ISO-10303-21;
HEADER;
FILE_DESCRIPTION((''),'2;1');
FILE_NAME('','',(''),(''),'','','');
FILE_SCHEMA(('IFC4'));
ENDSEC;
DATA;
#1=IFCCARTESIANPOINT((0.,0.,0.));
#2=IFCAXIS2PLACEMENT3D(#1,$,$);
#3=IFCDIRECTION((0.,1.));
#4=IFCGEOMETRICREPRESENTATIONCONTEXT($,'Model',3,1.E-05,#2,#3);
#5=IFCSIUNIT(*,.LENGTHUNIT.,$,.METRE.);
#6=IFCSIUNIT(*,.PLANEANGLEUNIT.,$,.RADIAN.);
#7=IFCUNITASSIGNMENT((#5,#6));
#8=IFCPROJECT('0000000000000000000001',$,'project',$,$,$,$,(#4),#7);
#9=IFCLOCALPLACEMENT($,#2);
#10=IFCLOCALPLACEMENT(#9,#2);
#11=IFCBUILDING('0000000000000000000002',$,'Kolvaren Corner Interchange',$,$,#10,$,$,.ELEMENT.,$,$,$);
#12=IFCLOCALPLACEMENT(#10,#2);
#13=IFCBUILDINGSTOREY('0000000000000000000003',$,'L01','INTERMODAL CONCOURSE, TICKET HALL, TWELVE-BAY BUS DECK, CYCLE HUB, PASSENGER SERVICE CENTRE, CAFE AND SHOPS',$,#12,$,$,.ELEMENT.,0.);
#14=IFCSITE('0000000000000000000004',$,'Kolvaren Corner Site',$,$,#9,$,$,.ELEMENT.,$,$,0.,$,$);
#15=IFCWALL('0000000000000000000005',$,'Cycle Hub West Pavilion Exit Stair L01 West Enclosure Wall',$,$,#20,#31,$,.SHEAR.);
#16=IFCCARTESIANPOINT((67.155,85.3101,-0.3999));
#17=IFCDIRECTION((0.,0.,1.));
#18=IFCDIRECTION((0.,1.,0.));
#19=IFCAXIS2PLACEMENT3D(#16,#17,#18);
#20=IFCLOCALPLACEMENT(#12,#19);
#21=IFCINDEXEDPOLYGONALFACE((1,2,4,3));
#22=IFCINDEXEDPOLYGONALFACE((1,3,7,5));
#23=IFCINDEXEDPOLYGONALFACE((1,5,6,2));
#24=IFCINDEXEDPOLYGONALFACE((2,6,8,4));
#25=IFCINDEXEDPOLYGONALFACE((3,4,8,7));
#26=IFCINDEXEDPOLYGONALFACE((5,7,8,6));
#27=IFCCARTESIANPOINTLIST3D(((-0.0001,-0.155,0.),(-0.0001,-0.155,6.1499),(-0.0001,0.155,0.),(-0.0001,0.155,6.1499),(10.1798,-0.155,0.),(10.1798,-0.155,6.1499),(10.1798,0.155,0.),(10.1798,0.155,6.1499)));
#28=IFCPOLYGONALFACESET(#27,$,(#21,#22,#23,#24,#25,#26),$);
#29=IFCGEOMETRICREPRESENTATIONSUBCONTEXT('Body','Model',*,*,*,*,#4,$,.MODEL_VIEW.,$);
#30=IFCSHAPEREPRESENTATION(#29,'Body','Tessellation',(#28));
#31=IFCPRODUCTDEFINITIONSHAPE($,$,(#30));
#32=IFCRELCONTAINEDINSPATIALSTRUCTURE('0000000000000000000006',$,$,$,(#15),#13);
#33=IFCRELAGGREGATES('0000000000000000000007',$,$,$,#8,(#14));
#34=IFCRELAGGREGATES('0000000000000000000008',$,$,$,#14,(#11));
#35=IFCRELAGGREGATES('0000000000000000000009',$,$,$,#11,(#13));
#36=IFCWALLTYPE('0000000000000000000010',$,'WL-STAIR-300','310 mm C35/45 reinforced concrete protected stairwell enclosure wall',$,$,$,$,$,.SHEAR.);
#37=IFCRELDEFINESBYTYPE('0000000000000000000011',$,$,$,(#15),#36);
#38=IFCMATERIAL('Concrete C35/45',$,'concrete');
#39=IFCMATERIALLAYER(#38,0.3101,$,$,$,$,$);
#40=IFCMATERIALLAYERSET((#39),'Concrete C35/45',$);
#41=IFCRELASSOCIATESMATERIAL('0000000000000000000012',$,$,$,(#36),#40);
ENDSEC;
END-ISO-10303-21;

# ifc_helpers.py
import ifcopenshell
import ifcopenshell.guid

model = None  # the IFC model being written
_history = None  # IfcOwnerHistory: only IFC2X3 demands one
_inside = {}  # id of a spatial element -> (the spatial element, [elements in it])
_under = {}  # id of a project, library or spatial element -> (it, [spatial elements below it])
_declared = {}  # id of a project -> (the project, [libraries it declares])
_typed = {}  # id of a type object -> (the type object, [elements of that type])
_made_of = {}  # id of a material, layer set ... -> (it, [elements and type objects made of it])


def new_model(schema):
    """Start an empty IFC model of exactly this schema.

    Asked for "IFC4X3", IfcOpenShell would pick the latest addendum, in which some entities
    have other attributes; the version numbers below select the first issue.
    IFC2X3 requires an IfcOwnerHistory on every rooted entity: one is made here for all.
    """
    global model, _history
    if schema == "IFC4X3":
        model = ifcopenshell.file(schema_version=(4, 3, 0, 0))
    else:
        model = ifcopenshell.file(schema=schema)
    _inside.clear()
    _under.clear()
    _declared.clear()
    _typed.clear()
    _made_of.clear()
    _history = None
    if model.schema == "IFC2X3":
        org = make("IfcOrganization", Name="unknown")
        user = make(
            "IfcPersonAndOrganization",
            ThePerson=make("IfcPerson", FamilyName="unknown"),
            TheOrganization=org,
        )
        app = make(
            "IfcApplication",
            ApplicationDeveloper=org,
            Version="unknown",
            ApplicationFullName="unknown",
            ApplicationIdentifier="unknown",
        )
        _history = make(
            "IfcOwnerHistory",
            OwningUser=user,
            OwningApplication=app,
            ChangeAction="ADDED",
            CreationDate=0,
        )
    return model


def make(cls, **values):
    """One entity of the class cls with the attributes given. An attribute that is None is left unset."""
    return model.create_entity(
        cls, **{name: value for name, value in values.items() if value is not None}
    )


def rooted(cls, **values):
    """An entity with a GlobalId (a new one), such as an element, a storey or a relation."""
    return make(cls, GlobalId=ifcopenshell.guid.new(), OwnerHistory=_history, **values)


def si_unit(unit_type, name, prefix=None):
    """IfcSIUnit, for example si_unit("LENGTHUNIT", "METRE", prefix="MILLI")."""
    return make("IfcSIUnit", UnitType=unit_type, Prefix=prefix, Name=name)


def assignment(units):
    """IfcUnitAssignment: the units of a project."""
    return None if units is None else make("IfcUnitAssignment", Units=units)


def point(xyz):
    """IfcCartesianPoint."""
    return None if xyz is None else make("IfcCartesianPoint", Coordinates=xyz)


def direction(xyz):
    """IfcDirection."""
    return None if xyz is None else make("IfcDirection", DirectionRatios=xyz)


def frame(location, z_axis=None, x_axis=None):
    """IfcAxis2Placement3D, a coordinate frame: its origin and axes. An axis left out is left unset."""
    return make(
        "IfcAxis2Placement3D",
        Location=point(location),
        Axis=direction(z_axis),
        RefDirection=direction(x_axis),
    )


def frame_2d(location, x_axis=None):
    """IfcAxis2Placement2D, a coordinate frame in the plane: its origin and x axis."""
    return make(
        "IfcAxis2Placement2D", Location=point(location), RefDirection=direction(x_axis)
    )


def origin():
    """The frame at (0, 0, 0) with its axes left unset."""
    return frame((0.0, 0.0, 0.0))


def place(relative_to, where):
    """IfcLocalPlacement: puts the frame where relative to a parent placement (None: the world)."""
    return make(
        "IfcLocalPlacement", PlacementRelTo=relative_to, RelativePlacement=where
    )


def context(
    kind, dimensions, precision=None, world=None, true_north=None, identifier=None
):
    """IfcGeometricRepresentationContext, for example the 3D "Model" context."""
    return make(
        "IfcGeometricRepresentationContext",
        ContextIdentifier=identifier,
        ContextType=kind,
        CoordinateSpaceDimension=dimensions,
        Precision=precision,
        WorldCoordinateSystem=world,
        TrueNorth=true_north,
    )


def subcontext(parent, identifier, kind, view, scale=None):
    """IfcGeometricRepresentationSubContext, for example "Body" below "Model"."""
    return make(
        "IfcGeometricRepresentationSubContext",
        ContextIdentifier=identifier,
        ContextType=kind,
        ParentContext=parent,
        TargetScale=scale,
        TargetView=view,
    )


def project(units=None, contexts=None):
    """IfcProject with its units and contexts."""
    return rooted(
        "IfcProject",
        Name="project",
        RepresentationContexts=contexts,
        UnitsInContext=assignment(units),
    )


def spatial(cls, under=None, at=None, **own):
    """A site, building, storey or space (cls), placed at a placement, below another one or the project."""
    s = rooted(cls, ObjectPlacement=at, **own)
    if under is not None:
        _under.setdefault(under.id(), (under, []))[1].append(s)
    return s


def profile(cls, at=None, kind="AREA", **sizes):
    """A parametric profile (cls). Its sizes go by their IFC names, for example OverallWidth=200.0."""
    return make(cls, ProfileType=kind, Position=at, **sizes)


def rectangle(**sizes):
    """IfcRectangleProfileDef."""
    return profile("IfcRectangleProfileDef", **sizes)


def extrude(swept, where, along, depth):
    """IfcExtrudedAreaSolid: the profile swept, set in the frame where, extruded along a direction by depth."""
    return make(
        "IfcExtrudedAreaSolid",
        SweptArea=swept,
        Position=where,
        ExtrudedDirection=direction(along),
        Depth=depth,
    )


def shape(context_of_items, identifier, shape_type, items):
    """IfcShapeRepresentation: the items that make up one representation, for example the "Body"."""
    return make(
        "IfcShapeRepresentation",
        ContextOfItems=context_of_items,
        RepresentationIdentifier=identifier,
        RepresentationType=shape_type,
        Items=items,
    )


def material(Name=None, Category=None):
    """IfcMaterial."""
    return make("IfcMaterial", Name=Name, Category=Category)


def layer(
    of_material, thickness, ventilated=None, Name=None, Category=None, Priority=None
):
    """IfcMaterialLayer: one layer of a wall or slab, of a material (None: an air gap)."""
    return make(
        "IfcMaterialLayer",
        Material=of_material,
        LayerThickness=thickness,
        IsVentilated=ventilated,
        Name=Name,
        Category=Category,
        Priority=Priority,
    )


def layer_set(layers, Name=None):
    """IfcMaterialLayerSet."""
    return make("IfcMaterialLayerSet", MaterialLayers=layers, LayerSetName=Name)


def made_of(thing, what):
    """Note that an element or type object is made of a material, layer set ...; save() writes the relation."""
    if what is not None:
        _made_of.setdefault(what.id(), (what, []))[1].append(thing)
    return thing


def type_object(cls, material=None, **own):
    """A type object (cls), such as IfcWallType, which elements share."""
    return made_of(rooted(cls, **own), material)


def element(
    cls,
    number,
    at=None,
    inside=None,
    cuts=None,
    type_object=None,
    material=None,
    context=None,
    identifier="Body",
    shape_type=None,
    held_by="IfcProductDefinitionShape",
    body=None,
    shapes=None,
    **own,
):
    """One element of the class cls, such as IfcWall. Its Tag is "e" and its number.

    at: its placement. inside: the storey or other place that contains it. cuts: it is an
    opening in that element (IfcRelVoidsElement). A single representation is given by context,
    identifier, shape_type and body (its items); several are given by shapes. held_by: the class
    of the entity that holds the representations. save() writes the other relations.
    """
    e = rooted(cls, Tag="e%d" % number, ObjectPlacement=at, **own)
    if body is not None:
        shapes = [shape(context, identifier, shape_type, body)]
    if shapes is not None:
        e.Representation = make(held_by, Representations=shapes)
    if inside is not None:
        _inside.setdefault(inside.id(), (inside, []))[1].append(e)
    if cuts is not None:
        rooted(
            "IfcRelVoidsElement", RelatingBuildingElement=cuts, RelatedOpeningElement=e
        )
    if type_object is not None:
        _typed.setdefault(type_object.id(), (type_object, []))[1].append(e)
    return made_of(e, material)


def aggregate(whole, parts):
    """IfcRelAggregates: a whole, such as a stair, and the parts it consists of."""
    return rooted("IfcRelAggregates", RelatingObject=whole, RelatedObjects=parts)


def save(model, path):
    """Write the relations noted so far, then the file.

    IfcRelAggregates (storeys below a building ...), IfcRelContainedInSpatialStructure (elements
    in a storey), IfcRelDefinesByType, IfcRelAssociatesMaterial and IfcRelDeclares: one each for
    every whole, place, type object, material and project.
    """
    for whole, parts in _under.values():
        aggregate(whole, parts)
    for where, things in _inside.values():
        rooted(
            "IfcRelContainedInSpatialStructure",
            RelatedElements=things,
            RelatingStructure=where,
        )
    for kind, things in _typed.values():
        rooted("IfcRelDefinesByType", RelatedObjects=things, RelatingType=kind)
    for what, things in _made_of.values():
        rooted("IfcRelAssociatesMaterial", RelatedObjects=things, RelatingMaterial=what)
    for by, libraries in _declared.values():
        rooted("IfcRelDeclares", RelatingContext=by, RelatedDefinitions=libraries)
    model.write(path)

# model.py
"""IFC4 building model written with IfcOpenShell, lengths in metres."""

from ifc_helpers import new_model, si_unit, direction, frame, frame_2d, origin, place, context, subcontext, project, spatial, rectangle, extrude, material, layer, layer_set, type_object, element, save


model = new_model("IFC4")

# Units and contexts
model_context = context("Model", 3, precision=1e-05, world=origin(), true_north=direction((0.0, 1.0)))
body_context = subcontext(model_context, "Body", "Model", "MODEL_VIEW")
ifc_project = project(units=[si_unit("LENGTHUNIT", "METRE"), si_unit("PLANEANGLEUNIT", "RADIAN")], contexts=[model_context])

# Site, building, storey
site_placement = place(None, origin())
site = spatial("IfcSite", under=ifc_project, at=site_placement, Name="Kolvaren Corner Site", CompositionType="ELEMENT", RefElevation=0.0)
building_placement = place(site_placement, origin())
building = spatial("IfcBuilding", under=site, at=building_placement, Name="Kolvaren Corner Interchange", CompositionType="ELEMENT")
storey_placement = place(building_placement, origin())
storey = spatial("IfcBuildingStorey", under=building, at=storey_placement, Name="L01", Description="INTERMODAL CONCOURSE, TICKET HALL, TWELVE-BAY BUS DECK, CYCLE HUB, PASSENGER SERVICE CENTRE, CAFE AND SHOPS", CompositionType="ELEMENT", Elevation=0.0)

# Shared definitions
ifc_material_1 = material(Name="Concrete C35/45", Category="concrete")
ifc_layer_1 = layer(ifc_material_1, 0.3101)
ifc_layer_set_1 = layer_set([ifc_layer_1], Name="Concrete C35/45")
wall_type_1 = type_object("IfcWallType", Name="WL-STAIR-300", Description="310 mm C35/45 reinforced concrete protected stairwell enclosure wall", PredefinedType="SHEAR", material=ifc_layer_set_1)

# Wall
wall_1_placement = place(storey_placement, frame((67.155, 85.3101, -0.3999), z_axis=(0.0, 0.0, 1.0), x_axis=(0.0, 1.0, 0.0)))
element("IfcWall", 1, at=wall_1_placement, inside=storey, type_object=wall_type_1, Name="Cycle Hub West Pavilion Exit Stair L01 West Enclosure Wall", PredefinedType="SHEAR", context=body_context, shape_type="SweptSolid", body=[
    extrude(rectangle(XDim=10.1799, YDim=0.3101, at=frame_2d((5.0898, 0.0))), origin(), (0.0, 0.0, 1.0), 6.1499),
])

save(model, "model.ifc")
